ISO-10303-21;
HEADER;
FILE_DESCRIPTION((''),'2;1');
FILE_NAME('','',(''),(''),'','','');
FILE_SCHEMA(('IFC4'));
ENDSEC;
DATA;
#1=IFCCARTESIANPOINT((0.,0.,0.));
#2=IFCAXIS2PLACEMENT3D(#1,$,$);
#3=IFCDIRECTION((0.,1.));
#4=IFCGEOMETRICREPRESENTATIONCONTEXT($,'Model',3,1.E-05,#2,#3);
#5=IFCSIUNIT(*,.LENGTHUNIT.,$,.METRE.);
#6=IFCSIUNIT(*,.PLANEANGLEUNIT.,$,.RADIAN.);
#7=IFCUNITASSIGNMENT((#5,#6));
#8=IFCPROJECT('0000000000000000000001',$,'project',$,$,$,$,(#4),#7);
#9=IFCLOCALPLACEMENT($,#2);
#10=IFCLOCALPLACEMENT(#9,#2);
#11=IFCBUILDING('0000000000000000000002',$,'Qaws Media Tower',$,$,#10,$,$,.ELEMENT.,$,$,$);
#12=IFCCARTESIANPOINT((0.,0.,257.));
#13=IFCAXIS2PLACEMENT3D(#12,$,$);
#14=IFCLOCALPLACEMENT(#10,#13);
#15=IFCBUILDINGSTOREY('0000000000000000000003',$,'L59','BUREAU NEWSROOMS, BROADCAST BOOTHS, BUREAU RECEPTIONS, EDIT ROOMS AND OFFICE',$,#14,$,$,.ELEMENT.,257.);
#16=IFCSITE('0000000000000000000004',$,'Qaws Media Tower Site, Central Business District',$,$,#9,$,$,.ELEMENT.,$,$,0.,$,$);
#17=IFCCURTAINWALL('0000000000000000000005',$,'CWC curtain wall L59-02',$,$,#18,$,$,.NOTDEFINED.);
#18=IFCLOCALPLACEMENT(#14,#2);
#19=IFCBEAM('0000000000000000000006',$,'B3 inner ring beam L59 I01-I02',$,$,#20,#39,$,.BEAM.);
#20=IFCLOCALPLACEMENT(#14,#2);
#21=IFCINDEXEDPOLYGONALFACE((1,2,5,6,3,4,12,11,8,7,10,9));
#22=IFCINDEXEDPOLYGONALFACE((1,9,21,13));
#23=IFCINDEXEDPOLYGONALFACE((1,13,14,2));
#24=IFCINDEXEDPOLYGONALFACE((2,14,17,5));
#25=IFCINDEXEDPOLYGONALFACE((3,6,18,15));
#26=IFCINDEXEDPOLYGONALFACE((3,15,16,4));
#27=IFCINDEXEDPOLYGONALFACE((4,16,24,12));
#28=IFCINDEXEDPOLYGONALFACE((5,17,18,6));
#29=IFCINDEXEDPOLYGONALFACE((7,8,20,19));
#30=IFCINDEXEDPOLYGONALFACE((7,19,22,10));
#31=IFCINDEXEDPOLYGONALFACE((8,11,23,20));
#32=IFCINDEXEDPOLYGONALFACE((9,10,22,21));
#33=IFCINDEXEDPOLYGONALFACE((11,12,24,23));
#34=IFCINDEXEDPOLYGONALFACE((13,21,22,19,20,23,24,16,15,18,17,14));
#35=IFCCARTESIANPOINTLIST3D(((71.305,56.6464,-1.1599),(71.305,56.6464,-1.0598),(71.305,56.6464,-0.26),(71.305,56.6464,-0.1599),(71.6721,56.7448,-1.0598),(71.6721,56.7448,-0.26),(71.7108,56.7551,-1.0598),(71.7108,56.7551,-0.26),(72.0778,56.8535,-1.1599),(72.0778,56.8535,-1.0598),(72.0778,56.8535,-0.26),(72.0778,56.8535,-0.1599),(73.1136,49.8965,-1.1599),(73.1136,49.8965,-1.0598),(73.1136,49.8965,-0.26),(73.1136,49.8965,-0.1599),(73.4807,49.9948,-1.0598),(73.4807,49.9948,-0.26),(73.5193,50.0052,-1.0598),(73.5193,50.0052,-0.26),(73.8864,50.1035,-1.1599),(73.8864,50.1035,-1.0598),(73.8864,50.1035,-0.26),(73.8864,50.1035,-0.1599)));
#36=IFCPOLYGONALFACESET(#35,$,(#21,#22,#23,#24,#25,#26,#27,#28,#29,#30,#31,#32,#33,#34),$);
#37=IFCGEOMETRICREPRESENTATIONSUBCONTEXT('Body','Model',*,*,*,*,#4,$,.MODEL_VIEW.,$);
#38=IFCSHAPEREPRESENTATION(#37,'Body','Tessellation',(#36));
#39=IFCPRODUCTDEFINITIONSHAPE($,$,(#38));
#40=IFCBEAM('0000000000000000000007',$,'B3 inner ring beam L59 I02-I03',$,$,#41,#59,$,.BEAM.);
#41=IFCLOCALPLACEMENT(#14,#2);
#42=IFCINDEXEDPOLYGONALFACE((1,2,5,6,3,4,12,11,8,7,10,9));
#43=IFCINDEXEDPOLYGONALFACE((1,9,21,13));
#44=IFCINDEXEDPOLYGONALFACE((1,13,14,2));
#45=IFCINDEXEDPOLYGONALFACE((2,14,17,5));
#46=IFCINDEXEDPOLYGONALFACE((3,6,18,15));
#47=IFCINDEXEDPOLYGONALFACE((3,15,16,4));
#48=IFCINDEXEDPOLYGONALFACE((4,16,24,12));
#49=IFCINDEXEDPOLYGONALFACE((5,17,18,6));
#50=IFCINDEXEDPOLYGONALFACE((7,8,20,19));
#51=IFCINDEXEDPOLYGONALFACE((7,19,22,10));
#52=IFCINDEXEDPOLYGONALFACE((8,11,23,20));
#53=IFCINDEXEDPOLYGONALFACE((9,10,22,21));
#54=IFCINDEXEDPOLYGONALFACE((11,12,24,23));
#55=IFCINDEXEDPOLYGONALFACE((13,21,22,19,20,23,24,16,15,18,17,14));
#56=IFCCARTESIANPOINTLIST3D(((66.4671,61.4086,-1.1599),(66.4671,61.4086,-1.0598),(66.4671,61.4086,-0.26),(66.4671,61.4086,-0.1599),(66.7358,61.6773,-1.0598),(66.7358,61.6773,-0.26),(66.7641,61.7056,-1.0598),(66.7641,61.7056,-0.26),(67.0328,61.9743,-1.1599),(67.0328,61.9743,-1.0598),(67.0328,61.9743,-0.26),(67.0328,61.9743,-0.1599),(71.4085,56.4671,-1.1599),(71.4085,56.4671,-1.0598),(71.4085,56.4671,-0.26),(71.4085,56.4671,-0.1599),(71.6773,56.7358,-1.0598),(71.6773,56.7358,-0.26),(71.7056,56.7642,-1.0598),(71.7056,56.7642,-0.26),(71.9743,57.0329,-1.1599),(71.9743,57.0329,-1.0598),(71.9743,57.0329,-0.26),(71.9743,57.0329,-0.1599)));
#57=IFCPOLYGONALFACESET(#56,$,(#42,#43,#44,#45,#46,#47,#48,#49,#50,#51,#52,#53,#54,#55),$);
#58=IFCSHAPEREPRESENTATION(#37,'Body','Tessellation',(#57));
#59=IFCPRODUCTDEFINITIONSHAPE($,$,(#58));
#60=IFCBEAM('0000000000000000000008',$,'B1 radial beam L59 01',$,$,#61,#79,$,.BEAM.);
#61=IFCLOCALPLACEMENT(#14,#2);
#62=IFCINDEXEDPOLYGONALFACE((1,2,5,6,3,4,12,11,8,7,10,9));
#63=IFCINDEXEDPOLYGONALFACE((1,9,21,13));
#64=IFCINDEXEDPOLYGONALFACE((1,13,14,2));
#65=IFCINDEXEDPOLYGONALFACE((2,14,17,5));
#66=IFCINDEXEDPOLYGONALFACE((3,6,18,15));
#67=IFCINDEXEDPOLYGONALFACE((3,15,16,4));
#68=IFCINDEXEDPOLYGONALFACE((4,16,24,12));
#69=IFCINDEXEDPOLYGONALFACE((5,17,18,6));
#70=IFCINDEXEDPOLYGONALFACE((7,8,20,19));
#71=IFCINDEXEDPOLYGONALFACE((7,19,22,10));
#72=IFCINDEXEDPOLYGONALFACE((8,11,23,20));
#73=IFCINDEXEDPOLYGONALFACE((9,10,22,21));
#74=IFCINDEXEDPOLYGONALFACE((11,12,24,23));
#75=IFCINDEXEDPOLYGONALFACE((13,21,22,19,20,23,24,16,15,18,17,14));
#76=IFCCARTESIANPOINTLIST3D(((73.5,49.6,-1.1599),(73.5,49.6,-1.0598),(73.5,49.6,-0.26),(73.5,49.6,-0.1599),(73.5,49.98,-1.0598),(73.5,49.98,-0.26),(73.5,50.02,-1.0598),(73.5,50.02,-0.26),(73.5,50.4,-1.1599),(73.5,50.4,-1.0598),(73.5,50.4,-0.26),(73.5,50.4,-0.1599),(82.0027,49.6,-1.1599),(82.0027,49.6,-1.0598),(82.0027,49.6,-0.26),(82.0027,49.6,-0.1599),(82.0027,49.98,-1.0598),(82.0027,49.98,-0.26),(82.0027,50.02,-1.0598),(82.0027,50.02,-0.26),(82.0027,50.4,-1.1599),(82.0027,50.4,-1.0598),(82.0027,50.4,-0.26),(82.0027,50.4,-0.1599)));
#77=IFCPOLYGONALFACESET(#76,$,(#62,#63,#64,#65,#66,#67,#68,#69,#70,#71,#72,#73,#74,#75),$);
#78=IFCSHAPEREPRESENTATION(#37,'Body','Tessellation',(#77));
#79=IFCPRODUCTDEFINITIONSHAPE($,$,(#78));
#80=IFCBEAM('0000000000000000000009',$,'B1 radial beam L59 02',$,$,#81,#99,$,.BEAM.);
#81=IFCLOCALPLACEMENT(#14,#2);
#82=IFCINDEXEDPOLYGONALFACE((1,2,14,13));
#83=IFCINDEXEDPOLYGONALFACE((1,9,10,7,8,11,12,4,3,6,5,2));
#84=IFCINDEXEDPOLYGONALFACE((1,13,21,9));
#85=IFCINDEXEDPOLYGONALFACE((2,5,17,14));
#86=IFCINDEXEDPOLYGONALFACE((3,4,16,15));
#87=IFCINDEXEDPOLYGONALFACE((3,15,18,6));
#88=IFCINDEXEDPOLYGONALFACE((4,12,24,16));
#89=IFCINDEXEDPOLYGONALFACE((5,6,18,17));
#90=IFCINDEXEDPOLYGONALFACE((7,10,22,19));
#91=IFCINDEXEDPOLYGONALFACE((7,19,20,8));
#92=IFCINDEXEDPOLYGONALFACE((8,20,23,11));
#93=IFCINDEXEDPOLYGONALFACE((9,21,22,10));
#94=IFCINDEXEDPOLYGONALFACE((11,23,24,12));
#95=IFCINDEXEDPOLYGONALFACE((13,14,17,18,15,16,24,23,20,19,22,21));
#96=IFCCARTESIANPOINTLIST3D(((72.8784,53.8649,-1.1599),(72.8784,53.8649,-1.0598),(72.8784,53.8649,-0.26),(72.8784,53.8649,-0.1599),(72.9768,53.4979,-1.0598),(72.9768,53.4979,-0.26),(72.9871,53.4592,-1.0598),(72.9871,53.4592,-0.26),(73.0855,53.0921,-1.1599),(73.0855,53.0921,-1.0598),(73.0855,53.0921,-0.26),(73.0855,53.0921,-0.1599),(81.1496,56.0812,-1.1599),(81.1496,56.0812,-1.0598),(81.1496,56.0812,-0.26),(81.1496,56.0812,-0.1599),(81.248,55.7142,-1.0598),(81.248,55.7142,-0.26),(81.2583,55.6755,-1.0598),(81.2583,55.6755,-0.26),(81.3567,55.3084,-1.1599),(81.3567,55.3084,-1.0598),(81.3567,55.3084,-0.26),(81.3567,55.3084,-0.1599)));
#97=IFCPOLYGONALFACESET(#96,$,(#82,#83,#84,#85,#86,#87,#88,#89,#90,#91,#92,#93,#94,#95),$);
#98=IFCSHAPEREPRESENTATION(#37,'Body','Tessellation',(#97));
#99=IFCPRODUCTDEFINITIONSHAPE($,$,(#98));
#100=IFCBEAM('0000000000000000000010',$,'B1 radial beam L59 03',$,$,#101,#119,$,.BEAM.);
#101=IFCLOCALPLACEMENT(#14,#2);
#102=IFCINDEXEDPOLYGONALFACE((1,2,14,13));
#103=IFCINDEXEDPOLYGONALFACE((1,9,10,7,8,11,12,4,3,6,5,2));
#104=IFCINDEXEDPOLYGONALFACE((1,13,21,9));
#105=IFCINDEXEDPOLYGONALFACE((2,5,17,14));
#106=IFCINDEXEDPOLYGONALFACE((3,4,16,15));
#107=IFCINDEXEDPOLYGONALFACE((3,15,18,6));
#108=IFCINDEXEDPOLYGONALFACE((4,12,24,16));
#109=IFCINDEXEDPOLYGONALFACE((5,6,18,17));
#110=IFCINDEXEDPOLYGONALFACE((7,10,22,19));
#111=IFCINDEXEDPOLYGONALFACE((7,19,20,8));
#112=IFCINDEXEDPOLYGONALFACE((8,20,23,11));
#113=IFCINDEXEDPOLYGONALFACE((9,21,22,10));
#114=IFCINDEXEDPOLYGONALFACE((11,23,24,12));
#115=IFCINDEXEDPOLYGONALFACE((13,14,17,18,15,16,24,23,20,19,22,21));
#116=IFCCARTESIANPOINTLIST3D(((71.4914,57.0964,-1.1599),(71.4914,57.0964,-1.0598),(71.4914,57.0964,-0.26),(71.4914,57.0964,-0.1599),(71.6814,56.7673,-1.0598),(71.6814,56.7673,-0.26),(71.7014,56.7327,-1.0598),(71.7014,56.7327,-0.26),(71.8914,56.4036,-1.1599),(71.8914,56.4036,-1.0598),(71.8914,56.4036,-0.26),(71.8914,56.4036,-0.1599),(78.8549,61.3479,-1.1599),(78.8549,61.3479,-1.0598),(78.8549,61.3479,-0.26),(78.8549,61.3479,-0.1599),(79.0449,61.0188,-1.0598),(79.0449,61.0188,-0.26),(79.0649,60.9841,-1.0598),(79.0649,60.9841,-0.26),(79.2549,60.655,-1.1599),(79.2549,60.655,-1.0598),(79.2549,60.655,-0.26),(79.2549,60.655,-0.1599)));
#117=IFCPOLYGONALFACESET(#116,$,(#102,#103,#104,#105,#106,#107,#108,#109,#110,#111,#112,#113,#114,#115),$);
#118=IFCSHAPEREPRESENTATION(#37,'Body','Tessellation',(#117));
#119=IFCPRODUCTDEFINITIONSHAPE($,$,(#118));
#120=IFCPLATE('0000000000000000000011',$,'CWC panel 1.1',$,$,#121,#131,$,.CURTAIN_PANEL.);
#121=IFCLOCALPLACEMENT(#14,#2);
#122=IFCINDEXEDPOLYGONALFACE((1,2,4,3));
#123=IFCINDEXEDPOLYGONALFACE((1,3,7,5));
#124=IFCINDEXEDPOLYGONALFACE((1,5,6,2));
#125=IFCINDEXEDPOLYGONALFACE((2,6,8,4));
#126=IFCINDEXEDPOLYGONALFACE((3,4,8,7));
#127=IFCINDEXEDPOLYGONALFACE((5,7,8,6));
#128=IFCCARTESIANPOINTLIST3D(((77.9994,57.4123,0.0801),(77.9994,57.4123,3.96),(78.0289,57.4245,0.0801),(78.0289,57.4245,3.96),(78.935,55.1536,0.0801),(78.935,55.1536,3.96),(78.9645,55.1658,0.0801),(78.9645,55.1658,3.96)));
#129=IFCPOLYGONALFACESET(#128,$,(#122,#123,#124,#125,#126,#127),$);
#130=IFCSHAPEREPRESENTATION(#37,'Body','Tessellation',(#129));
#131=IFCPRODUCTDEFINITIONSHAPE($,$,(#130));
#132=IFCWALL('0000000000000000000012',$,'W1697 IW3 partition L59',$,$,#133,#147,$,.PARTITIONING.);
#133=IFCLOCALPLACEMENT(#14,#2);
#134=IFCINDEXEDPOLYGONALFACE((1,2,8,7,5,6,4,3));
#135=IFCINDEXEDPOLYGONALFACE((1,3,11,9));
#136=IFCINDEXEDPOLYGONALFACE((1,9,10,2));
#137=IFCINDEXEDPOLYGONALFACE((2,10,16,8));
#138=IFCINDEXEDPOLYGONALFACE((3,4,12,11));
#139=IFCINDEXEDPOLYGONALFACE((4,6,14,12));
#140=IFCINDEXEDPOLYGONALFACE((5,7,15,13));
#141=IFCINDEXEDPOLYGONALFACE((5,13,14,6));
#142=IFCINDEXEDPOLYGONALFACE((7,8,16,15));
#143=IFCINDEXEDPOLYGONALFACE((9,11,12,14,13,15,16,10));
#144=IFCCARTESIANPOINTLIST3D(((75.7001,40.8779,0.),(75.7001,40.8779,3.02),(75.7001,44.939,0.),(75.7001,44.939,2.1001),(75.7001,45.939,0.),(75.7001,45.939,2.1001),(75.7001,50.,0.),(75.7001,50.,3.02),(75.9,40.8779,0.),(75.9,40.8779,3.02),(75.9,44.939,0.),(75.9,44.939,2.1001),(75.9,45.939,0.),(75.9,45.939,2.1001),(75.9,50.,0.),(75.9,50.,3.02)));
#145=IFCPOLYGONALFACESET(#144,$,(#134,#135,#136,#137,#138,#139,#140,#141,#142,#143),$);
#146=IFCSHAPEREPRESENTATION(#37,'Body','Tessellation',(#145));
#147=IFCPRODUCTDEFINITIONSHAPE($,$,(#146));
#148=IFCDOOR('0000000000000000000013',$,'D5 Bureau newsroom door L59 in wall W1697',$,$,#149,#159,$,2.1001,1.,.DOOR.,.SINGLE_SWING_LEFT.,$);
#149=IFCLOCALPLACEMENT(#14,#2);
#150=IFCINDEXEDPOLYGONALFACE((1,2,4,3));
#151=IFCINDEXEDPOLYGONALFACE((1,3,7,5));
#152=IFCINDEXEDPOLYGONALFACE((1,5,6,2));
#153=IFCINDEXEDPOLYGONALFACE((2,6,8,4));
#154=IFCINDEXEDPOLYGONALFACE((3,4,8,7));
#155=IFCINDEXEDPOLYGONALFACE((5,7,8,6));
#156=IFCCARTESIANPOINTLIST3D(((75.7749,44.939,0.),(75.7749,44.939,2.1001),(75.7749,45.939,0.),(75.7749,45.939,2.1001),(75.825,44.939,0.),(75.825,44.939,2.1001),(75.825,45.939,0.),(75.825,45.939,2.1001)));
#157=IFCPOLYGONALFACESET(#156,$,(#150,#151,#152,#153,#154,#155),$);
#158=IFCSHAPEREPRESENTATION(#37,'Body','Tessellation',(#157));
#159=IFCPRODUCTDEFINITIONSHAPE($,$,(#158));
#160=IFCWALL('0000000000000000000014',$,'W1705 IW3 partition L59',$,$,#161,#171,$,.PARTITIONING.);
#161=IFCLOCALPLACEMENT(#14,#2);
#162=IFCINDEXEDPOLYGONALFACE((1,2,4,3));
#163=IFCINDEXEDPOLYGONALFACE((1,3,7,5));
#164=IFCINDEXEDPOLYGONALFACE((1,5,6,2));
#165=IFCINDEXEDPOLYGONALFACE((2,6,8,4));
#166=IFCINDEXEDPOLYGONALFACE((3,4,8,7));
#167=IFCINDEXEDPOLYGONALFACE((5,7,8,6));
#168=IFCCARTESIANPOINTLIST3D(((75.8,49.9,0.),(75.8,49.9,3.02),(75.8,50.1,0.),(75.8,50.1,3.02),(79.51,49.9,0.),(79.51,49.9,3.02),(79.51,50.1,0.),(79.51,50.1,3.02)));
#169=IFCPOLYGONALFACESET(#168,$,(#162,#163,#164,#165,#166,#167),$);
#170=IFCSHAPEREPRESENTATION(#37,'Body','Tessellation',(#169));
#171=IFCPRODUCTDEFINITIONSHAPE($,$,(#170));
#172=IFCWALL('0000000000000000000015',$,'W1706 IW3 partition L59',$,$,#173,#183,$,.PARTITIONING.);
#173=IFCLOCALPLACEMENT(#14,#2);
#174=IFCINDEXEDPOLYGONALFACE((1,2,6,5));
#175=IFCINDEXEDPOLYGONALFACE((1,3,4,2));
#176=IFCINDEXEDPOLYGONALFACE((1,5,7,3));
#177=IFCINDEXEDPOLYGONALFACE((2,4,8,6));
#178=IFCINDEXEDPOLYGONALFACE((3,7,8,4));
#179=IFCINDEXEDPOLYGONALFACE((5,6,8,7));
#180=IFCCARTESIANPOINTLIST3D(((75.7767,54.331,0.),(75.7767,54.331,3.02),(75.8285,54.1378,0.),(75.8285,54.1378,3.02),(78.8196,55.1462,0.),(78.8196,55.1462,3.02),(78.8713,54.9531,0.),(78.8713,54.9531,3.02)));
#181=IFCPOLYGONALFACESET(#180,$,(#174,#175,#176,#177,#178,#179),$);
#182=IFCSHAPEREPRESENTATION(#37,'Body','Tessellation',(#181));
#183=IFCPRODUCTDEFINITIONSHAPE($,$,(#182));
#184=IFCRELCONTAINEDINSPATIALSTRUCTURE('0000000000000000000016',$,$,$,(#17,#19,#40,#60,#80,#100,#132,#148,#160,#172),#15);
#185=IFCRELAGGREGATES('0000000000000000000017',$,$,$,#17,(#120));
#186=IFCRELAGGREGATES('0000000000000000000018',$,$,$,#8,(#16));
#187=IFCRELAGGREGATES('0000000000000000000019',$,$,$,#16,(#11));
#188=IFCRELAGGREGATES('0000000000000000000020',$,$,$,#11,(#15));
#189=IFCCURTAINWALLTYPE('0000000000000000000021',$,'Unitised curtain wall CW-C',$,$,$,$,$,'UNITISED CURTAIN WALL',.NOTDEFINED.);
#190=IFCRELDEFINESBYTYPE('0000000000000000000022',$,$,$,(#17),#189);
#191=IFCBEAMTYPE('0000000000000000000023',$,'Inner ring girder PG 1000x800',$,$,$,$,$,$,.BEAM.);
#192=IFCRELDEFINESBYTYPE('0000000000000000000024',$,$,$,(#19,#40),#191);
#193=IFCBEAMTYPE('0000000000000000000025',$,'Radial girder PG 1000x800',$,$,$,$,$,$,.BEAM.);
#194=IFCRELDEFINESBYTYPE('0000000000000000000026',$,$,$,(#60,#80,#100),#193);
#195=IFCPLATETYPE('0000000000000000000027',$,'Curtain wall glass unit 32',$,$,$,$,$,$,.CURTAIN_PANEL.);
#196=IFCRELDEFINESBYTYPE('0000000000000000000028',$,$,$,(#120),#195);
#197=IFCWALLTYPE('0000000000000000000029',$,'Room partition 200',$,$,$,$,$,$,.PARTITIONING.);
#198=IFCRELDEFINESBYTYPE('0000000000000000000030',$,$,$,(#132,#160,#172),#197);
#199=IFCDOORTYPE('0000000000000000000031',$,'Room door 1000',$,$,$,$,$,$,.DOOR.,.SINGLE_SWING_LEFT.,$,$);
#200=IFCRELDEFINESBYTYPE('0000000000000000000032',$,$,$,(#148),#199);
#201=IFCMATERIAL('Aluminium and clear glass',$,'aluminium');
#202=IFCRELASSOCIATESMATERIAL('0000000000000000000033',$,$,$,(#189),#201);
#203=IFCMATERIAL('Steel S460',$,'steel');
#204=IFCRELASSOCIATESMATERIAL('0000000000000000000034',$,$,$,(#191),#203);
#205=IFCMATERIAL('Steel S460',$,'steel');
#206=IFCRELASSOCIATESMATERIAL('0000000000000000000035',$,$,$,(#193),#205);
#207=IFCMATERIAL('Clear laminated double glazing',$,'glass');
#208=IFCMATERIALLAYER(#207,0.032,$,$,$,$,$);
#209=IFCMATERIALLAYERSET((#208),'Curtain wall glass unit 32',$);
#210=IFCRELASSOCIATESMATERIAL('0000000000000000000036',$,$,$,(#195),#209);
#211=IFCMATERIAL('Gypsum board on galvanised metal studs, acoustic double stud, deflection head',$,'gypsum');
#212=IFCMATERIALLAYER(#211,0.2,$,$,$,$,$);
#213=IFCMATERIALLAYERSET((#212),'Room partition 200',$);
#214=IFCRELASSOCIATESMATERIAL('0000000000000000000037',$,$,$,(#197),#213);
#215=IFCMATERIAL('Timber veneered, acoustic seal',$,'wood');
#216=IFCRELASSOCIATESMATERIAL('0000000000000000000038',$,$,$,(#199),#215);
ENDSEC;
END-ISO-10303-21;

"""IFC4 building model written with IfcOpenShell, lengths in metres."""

from ifc_helpers import new_model, si_unit, direction, frame, frame_2d, origin, origin_2d, place, context, subcontext, project, spatial, rectangle, i_section, extrude, material, layer, layer_set, material_profile, profile_set, type_object, element, fill, aggregate, save


model = new_model("IFC4")

# Units and contexts
model_context = context("Model", 3, precision=1e-05, world=origin(), true_north=direction((0.0, 1.0)))
body_context = subcontext(model_context, "Body", "Model", "MODEL_VIEW")
ifc_project = project(units=[si_unit("LENGTHUNIT", "METRE"), si_unit("PLANEANGLEUNIT", "RADIAN")], contexts=[model_context])

# Site, building, storey
site_placement = place(None, origin())
site = spatial("IfcSite", under=ifc_project, at=site_placement, Name="Qaws Media Tower Site, Central Business District", CompositionType="ELEMENT", RefElevation=0.0)
building_placement = place(site_placement, origin())
building = spatial("IfcBuilding", under=site, at=building_placement, Name="Qaws Media Tower", CompositionType="ELEMENT")
storey_placement = place(building_placement, frame((0.0, 0.0, 257.0)))
storey = spatial("IfcBuildingStorey", under=building, at=storey_placement, Name="L59", Description="BUREAU NEWSROOMS, BROADCAST BOOTHS, BUREAU RECEPTIONS, EDIT ROOMS AND OFFICE", CompositionType="ELEMENT", Elevation=257.0)

# Curtain wall
ifc_material_1 = material(Name="Aluminium and clear glass", Category="aluminium")
curtain_wall_type = type_object("IfcCurtainWallType", Name="Unitised curtain wall CW-C", ElementType="UNITISED CURTAIN WALL", PredefinedType="NOTDEFINED", material=ifc_material_1)
curtain_wall_placement = place(storey_placement, origin())
curtain_wall = element("IfcCurtainWall", 1, at=curtain_wall_placement, inside=storey, type_object=curtain_wall_type, Name="CWC curtain wall L59-02", PredefinedType="NOTDEFINED")

# Beams
ifc_material_2 = material(Name="Steel S460", Category="steel")
ifc_material_profile_1 = material_profile(ifc_material_2, i_section(OverallWidth=0.8, OverallDepth=1.0, WebThickness=0.04, FlangeThickness=0.1001, at=origin_2d()), Name="PG 1000x800")
ifc_profile_set_1 = profile_set([ifc_material_profile_1], Name="Steel S460")
beam_type_1 = type_object("IfcBeamType", Name="Inner ring girder PG 1000x800", PredefinedType="BEAM", material=ifc_profile_set_1)
beam_1_placement = place(storey_placement, frame((73.5, 50.0, -0.6599), z_axis=(-0.258811, 0.965928, 0.0), x_axis=(-0.965928, -0.258811, 0.0)))
element("IfcBeam", 2, at=beam_1_placement, inside=storey, type_object=beam_type_1, Name="B3 inner ring beam L59 I01-I02", PredefinedType="BEAM", context=body_context, shape_type="SweptSolid", body=[
    extrude(i_section(OverallWidth=0.8, OverallDepth=1.0, WebThickness=0.04, FlangeThickness=0.1001, at=origin_2d()), origin(), (0.0, 0.0, 1.0), 6.988),
])
beam_2_placement = place(storey_placement, frame((71.6914, 56.75, -0.6599), z_axis=(-0.707107, 0.707107, 0.0), x_axis=(-0.707107, -0.707107, 0.0)))
element("IfcBeam", 3, at=beam_2_placement, inside=storey, type_object=beam_type_1, Name="B3 inner ring beam L59 I02-I03", PredefinedType="BEAM", context=body_context, shape_type="SweptSolid", body=[
    extrude(i_section(OverallWidth=0.8, OverallDepth=1.0, WebThickness=0.04, FlangeThickness=0.1001, at=origin_2d()), origin(), (0.0, 0.0, 1.0), 6.9883),
])
ifc_material_3 = material(Name="Steel S460", Category="steel")
ifc_material_profile_2 = material_profile(ifc_material_3, i_section(OverallWidth=0.8, OverallDepth=1.0, WebThickness=0.04, FlangeThickness=0.1001, at=origin_2d()), Name="PG 1000x800")
ifc_profile_set_2 = profile_set([ifc_material_profile_2], Name="Steel S460")
beam_type_2 = type_object("IfcBeamType", Name="Radial girder PG 1000x800", PredefinedType="BEAM", material=ifc_profile_set_2)
beam_3_placement = place(storey_placement, frame((73.5, 50.0, -0.6599), z_axis=(1.0, 0.0, 0.0), x_axis=(0.0, 1.0, 0.0)))
element("IfcBeam", 4, at=beam_3_placement, inside=storey, type_object=beam_type_2, Name="B1 radial beam L59 01", PredefinedType="BEAM", context=body_context, shape_type="SweptSolid", body=[
    extrude(i_section(OverallWidth=0.8, OverallDepth=1.0, WebThickness=0.04, FlangeThickness=0.1001, at=origin_2d()), origin(), (0.0, 0.0, 1.0), 8.5027),
])
beam_4_placement = place(storey_placement, frame((72.9819, 53.4785, -0.6599), z_axis=(0.965925, 0.258823, 0.0), x_axis=(-0.258823, 0.965925, 0.0)))
element("IfcBeam", 5, at=beam_4_placement, inside=storey, type_object=beam_type_2, Name="B1 radial beam L59 02", PredefinedType="BEAM", context=body_context, shape_type="SweptSolid", body=[
    extrude(i_section(OverallWidth=0.8, OverallDepth=1.0, WebThickness=0.04, FlangeThickness=0.1001, at=origin_2d()), origin(), (0.0, 0.0, 1.0), 8.563),
])
beam_5_placement = place(storey_placement, frame((71.6914, 56.75, -0.6599), z_axis=(0.866019, 0.500012, 0.0), x_axis=(-0.500012, 0.866019, 0.0)))
element("IfcBeam", 6, at=beam_5_placement, inside=storey, type_object=beam_type_2, Name="B1 radial beam L59 03", PredefinedType="BEAM", context=body_context, shape_type="SweptSolid", body=[
    extrude(i_section(OverallWidth=0.8, OverallDepth=1.0, WebThickness=0.04, FlangeThickness=0.1001, at=origin_2d()), origin(), (0.0, 0.0, 1.0), 8.5027),
])

# Plate
ifc_material_4 = material(Name="Clear laminated double glazing", Category="glass")
ifc_layer_1 = layer(ifc_material_4, 0.032)
ifc_layer_set_1 = layer_set([ifc_layer_1], Name="Curtain wall glass unit 32")
plate_type = type_object("IfcPlateType", Name="Curtain wall glass unit 32", PredefinedType="CURTAIN_PANEL", material=ifc_layer_set_1)
plate_placement = place(storey_placement, frame((78.4819, 56.2891, 0.0801), z_axis=(0.0, 0.0, 1.0), x_axis=(-0.382683, 0.92388, 0.0)))
plate = element("IfcPlate", 7, at=plate_placement, type_object=plate_type, Name="CWC panel 1.1", PredefinedType="CURTAIN_PANEL", context=body_context, shape_type="SweptSolid", body=[
    extrude(rectangle(XDim=2.4448, YDim=0.032, at=origin_2d()), origin(), (0.0, 0.0, 1.0), 3.8799),
])
aggregate(curtain_wall, [plate])

# Wall, opening, door
ifc_material_5 = material(Name="Gypsum board on galvanised metal studs, acoustic double stud, deflection head", Category="gypsum")
ifc_layer_2 = layer(ifc_material_5, 0.2)
ifc_layer_set_2 = layer_set([ifc_layer_2], Name="Room partition 200")
wall_type = type_object("IfcWallType", Name="Room partition 200", PredefinedType="PARTITIONING", material=ifc_layer_set_2)
wall_1_placement = place(storey_placement, frame((75.8, 50.0, 0.0), z_axis=(0.0, 0.0, 1.0), x_axis=(0.0, -1.0, 0.0)))
wall_1 = element("IfcWall", 8, at=wall_1_placement, inside=storey, type_object=wall_type, Name="W1697 IW3 partition L59", PredefinedType="PARTITIONING", context=body_context, shape_type="SweptSolid", body=[
    extrude(rectangle(XDim=9.1221, YDim=0.2, at=frame_2d((4.561, 0.0))), origin(), (0.0, 0.0, 1.0), 3.02),
])
opening_1_placement = place(wall_1_placement, frame((4.061, 0.0, 0.0)))
opening_1 = element("IfcOpeningElement", 9, at=opening_1_placement, cuts=wall_1, PredefinedType="OPENING", context=body_context, shape_type="SweptSolid", body=[
    extrude(rectangle(XDim=1.0, YDim=2.1001, at=frame_2d((0.5, 1.05))), frame((0.0, 0.1099, 0.0), z_axis=(0.0, -1.0, 0.0), x_axis=(1.0, 0.0, 0.0)), (0.0, 0.0, 1.0), 0.22),
])
ifc_material_6 = material(Name="Timber veneered, acoustic seal", Category="wood")
door_type_1 = type_object("IfcDoorType", Name="Room door 1000", OperationType="SINGLE_SWING_LEFT", PredefinedType="DOOR", material=ifc_material_6)
door_1_placement = place(opening_1_placement, origin())
door_1 = element("IfcDoor", 10, at=door_1_placement, inside=storey, type_object=door_type_1, Name="D5 Bureau newsroom door L59 in wall W1697", OperationType="SINGLE_SWING_LEFT", OverallHeight=2.1001, OverallWidth=1.0, PredefinedType="DOOR", context=body_context, shape_type="SweptSolid", body=[
    extrude(rectangle(XDim=1.0, YDim=2.1001, at=frame_2d((0.5, 1.05))), frame((0.0, 0.0249, 0.0), z_axis=(0.0, -1.0, 0.0), x_axis=(1.0, 0.0, 0.0)), (0.0, 0.0, 1.0), 0.05),
])
fill(opening_1, door_1)

# Walls
wall_2_placement = place(storey_placement, frame((75.8, 50.0, 0.0), z_axis=(0.0, 0.0, 1.0), x_axis=(1.0, 0.0, 0.0)))
element("IfcWall", 11, at=wall_2_placement, inside=storey, type_object=wall_type, Name="W1705 IW3 partition L59", PredefinedType="PARTITIONING", context=body_context, shape_type="SweptSolid", body=[
    extrude(rectangle(XDim=3.71, YDim=0.2, at=frame_2d((1.855, 0.0))), origin(), (0.0, 0.0, 1.0), 3.02),
])
wall_3_placement = place(storey_placement, frame((75.8025, 54.2344, 0.0), z_axis=(0.0, 0.0, 1.0), x_axis=(0.965935, 0.258786, 0.0)))
element("IfcWall", 12, at=wall_3_placement, inside=storey, type_object=wall_type, Name="W1706 IW3 partition L59", PredefinedType="PARTITIONING", context=body_context, shape_type="SweptSolid", body=[
    extrude(rectangle(XDim=3.1501, YDim=0.2, at=frame_2d((1.5752, 0.0))), origin(), (0.0, 0.0, 1.0), 3.02),
])

save(model, "model.ifc")
